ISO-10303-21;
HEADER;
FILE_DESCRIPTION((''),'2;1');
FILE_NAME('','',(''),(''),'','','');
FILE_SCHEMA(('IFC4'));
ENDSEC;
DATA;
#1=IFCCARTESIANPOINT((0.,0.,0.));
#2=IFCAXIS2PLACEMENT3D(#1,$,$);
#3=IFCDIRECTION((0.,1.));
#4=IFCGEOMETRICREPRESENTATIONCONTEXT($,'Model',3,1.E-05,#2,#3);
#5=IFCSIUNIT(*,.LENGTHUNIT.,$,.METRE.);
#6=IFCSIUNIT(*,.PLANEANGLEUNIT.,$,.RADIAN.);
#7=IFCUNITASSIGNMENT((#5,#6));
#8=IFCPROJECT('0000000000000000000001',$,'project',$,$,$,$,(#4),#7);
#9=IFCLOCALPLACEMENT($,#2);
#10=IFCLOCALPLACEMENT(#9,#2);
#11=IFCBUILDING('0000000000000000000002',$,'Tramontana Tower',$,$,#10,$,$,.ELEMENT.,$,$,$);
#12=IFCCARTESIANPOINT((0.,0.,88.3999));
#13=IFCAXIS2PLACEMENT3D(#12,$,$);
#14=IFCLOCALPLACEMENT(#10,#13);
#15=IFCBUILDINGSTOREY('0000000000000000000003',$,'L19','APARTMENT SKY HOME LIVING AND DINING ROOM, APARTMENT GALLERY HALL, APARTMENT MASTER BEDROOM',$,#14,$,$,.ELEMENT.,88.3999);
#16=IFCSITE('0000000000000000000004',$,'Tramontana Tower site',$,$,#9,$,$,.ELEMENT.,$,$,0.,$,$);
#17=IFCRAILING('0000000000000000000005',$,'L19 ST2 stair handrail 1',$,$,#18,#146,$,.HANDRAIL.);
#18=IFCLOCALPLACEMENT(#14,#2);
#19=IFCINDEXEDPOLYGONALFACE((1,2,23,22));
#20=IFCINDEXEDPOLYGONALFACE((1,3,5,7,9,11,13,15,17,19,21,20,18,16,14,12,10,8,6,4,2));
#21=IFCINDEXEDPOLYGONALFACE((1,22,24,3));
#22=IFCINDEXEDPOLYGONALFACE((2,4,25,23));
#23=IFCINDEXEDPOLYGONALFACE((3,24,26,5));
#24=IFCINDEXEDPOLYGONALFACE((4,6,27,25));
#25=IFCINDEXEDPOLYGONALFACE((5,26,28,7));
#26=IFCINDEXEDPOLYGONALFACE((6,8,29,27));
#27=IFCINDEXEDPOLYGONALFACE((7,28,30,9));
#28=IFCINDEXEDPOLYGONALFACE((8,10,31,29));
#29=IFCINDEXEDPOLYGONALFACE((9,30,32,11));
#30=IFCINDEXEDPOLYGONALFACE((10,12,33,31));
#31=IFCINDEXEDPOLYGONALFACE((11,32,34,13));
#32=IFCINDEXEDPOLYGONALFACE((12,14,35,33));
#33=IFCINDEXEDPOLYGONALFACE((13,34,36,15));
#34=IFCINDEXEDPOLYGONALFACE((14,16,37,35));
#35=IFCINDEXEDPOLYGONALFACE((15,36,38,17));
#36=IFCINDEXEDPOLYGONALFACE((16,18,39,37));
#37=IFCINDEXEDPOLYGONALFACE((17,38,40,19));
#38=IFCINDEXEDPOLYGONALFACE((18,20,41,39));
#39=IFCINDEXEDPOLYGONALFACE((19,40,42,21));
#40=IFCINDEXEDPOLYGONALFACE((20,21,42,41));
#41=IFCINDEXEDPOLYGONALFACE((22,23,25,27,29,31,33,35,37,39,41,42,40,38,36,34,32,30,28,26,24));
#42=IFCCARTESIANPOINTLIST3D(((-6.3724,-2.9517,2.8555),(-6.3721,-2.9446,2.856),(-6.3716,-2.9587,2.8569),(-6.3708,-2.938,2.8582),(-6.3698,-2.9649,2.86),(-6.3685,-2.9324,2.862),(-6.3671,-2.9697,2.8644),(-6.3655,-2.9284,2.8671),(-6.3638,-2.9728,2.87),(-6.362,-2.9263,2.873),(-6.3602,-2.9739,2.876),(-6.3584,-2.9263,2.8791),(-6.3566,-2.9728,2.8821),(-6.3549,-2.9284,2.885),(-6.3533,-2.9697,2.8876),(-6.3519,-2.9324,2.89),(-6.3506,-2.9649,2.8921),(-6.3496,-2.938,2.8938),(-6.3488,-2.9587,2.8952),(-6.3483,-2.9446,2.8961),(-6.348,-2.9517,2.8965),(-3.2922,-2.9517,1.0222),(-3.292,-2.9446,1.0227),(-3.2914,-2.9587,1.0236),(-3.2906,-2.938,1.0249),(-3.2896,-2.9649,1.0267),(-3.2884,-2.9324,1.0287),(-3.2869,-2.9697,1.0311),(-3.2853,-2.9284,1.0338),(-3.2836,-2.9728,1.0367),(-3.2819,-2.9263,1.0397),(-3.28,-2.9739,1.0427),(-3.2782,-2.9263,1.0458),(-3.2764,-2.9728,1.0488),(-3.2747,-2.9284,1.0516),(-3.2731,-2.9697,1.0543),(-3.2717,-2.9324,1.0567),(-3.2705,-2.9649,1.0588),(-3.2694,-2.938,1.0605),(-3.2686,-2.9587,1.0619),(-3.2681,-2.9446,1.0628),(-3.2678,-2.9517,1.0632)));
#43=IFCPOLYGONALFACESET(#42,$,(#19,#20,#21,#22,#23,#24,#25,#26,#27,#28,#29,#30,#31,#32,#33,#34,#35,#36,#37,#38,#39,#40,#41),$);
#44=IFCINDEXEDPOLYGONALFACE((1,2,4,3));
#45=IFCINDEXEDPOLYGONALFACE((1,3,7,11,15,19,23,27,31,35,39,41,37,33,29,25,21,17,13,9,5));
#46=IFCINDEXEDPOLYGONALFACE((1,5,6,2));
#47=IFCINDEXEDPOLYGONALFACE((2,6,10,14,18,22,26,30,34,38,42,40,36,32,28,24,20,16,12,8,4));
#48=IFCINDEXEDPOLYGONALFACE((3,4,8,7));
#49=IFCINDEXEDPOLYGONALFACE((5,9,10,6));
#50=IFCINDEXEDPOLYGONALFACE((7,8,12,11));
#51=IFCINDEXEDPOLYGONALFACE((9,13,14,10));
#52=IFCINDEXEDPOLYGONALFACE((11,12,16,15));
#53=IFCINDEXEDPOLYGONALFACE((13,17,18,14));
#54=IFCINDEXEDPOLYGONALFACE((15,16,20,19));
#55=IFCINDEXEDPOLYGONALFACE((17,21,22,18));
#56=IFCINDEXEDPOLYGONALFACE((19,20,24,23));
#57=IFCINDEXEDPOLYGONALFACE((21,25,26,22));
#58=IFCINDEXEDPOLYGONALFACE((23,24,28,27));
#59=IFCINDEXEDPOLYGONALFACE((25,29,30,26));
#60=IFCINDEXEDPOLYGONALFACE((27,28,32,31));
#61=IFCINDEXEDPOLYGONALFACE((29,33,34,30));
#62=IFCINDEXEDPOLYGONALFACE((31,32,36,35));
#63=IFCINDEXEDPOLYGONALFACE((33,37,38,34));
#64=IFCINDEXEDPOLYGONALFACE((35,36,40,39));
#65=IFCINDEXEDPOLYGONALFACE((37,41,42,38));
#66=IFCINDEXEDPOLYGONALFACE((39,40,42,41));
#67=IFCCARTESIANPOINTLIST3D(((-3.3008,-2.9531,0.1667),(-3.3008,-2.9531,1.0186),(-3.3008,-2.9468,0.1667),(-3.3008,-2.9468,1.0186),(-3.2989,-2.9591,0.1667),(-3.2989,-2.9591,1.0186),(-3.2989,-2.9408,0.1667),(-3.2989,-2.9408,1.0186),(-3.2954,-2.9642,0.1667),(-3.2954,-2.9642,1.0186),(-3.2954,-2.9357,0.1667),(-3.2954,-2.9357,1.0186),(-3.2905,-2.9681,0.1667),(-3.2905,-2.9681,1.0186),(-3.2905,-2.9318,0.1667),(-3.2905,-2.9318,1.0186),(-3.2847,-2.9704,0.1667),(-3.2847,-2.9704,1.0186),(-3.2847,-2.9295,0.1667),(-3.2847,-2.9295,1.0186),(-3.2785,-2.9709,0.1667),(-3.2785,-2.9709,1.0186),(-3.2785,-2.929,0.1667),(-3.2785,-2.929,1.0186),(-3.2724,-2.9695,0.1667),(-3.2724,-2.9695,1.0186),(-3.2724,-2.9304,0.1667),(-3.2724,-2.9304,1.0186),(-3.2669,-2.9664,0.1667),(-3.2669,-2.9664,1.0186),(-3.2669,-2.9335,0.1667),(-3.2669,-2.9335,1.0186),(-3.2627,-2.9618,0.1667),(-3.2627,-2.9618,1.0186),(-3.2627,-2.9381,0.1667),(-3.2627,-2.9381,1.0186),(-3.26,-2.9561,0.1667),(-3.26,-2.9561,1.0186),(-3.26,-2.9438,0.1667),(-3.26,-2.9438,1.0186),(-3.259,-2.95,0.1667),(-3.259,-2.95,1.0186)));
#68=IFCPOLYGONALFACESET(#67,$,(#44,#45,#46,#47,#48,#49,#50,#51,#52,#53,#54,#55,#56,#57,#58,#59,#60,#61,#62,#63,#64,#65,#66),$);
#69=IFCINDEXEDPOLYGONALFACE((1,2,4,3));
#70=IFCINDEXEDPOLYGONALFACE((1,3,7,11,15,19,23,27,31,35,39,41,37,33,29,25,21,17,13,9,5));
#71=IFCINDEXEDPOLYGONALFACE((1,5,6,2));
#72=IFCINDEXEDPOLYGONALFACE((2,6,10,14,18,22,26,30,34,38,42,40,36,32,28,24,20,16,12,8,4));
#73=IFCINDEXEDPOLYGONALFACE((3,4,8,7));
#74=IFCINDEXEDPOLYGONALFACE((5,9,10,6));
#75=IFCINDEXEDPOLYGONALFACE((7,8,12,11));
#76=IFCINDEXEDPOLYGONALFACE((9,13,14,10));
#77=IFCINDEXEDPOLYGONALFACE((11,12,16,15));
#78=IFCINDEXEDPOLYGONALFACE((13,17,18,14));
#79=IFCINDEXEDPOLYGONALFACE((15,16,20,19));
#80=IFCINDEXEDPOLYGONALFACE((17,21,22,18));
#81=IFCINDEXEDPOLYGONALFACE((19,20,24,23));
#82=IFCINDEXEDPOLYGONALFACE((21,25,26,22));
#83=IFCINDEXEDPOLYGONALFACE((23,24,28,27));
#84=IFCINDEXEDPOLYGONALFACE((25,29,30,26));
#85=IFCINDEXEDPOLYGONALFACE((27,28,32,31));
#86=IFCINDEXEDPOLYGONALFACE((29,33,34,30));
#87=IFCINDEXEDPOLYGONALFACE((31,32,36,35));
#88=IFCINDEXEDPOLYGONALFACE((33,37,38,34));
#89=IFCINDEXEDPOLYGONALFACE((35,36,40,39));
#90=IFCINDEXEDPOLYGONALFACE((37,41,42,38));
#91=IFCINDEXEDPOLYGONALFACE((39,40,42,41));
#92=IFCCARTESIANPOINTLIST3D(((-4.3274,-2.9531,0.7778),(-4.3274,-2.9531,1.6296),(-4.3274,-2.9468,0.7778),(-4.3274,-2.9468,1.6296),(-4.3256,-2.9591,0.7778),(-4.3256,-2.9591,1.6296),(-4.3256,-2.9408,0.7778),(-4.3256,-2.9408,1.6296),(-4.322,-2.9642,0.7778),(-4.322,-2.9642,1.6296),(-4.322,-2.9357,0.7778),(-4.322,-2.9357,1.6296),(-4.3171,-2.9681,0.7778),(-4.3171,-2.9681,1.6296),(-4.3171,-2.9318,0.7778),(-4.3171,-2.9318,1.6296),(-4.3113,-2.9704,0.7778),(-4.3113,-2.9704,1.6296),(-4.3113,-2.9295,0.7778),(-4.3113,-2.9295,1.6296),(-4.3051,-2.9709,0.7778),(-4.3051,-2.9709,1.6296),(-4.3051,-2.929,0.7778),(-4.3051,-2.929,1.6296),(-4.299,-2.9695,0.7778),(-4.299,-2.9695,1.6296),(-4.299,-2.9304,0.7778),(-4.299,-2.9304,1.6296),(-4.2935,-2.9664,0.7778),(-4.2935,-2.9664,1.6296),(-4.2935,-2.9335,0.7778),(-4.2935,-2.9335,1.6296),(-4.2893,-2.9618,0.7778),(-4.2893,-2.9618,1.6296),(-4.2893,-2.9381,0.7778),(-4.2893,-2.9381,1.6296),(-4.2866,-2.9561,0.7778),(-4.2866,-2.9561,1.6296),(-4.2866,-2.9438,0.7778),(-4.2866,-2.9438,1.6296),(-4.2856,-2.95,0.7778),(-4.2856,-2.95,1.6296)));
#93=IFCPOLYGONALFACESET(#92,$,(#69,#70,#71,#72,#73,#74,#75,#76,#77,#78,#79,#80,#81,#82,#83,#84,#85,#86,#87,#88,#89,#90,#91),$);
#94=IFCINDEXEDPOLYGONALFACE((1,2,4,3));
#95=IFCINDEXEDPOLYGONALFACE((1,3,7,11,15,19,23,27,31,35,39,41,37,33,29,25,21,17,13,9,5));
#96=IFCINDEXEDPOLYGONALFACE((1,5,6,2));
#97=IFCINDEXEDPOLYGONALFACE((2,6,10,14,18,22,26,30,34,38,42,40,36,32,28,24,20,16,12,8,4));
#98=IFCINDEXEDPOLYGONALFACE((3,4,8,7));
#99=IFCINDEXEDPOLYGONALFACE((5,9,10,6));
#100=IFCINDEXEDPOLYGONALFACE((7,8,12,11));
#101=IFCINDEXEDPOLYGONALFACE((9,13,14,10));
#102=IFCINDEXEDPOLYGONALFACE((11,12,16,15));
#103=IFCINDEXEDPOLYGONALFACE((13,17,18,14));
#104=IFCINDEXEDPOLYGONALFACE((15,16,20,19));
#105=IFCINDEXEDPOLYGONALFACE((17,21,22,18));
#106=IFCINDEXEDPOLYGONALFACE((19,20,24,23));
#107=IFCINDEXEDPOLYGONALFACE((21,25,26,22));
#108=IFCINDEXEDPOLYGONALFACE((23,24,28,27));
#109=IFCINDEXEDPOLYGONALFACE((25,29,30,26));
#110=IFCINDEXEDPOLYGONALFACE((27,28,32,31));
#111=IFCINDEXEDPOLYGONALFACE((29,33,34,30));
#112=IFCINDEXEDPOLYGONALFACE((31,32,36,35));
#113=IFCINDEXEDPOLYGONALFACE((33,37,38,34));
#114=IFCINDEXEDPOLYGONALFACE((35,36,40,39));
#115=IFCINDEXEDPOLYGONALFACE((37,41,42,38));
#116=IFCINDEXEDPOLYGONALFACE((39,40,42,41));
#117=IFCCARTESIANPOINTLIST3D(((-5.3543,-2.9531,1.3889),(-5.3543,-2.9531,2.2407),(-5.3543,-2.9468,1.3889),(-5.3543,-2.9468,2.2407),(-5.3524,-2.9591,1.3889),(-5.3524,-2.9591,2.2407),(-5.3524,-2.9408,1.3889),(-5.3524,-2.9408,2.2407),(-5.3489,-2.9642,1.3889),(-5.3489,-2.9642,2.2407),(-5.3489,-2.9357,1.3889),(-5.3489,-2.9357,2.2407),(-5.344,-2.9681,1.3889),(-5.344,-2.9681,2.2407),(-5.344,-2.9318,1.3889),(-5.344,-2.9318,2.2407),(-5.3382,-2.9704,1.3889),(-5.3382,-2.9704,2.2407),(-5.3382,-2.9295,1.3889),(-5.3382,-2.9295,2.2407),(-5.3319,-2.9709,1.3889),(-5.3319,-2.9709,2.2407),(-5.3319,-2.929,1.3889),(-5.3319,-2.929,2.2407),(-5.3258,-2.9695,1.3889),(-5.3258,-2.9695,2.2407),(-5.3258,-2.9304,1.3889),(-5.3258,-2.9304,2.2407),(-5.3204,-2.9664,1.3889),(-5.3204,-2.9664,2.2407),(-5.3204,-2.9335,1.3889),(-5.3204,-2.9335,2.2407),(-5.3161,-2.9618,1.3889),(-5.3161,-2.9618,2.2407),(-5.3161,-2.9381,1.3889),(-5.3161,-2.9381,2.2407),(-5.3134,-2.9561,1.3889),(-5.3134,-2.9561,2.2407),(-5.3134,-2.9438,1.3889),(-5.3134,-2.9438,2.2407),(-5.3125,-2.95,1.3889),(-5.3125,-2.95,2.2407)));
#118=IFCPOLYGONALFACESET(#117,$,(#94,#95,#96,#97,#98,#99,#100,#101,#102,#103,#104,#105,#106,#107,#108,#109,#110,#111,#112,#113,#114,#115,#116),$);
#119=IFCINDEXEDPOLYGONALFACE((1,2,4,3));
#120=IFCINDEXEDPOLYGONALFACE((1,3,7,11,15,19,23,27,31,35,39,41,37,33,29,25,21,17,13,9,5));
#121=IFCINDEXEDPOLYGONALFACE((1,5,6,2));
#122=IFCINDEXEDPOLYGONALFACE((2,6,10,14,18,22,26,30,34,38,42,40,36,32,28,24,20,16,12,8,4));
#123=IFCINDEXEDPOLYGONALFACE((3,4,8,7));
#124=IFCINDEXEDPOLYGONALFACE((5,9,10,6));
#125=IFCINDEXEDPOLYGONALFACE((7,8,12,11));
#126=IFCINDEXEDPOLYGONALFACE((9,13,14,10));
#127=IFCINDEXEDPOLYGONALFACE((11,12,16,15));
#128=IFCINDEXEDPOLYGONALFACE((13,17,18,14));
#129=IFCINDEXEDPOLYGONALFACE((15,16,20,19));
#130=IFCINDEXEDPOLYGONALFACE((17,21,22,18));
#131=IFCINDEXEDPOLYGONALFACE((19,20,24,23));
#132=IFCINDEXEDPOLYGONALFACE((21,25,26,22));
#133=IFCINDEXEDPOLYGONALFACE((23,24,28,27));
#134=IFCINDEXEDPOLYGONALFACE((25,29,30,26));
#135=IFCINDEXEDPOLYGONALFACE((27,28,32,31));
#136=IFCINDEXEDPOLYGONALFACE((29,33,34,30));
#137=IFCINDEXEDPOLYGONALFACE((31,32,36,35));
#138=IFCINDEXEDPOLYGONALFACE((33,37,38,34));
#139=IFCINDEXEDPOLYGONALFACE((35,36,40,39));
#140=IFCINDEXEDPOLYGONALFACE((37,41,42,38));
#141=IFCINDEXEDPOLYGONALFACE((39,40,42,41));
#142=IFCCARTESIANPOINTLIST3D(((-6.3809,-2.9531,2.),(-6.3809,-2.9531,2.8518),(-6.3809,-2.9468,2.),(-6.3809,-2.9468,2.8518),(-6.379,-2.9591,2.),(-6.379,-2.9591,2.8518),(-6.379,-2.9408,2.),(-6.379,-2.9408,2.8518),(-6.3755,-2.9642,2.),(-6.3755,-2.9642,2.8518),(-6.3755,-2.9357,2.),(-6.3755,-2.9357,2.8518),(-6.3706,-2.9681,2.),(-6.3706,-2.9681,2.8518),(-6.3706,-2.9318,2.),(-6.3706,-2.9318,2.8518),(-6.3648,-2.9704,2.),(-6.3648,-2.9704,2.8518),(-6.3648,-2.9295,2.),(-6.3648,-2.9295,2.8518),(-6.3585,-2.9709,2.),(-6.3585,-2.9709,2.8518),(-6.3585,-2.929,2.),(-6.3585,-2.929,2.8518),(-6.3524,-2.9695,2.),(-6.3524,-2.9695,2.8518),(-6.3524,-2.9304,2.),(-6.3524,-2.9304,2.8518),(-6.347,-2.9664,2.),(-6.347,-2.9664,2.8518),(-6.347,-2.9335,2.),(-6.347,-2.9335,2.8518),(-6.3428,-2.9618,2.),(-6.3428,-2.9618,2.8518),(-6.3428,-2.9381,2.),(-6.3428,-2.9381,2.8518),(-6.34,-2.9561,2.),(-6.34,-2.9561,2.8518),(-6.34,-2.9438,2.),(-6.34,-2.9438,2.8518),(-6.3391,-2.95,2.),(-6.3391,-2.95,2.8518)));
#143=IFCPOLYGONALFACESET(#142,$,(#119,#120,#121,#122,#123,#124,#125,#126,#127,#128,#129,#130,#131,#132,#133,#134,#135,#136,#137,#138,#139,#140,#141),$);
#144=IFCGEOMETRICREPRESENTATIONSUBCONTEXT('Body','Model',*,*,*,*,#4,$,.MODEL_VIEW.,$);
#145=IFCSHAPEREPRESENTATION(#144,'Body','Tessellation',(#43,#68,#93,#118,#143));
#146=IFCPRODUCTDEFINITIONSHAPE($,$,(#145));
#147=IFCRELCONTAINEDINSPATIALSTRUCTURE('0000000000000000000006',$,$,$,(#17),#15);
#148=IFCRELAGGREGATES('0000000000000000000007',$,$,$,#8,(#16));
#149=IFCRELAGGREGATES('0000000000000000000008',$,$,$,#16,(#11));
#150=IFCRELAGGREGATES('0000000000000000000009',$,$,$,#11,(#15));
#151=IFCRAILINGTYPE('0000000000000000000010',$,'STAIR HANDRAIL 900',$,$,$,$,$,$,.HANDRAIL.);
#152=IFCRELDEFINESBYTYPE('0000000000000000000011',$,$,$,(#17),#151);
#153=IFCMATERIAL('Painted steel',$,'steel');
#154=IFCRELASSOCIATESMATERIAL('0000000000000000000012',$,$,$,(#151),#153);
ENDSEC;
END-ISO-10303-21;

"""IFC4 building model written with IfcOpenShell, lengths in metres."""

from ifc_helpers import new_model, si_unit, direction, frame, origin, origin_2d, place, context, subcontext, project, spatial, circle, extrude, material, type_object, element, save


model = new_model("IFC4")

# Units and contexts
model_context = context("Model", 3, precision=1e-05, world=origin(), true_north=direction((0.0, 1.0)))
body_context = subcontext(model_context, "Body", "Model", "MODEL_VIEW")
ifc_project = project(units=[si_unit("LENGTHUNIT", "METRE"), si_unit("PLANEANGLEUNIT", "RADIAN")], contexts=[model_context])

# Site, building, storey
site_placement = place(None, origin())
site = spatial("IfcSite", under=ifc_project, at=site_placement, Name="Tramontana Tower site", CompositionType="ELEMENT", RefElevation=0.0)
building_placement = place(site_placement, origin())
building = spatial("IfcBuilding", under=site, at=building_placement, Name="Tramontana Tower", CompositionType="ELEMENT")
storey_placement = place(building_placement, frame((0.0, 0.0, 88.3999)))
storey = spatial("IfcBuildingStorey", under=building, at=storey_placement, Name="L19", Description="APARTMENT SKY HOME LIVING AND DINING ROOM, APARTMENT GALLERY HALL, APARTMENT MASTER BEDROOM", CompositionType="ELEMENT", Elevation=88.3999)

# Railing
ifc_material_1 = material(Name="Painted steel", Category="steel")
railing_type_1 = type_object("IfcRailingType", Name="STAIR HANDRAIL 900", PredefinedType="HANDRAIL", material=ifc_material_1)
railing_1_placement = place(storey_placement, frame((-3.28, -2.95, 0.1667)))
element("IfcRailing", 1, at=railing_1_placement, inside=storey, type_object=railing_type_1, Name="L19 ST2 stair handrail 1", PredefinedType="HANDRAIL", context=body_context, shape_type="SweptSolid", body=[
    extrude(circle(Radius=0.0239, at=origin_2d()), frame((0.0, 0.0, 0.876), z_axis=(-0.859309, 0.0, 0.511458), x_axis=(0.0, -1.0, 0.0)), (0.0, 0.0, 1.0), 3.5845),
    extrude(circle(Radius=0.021, at=origin_2d()), origin(), (0.0, 0.0, 1.0), 0.8518),
    extrude(circle(Radius=0.021, at=origin_2d()), frame((-1.0266, 0.0, 0.6111)), (0.0, 0.0, 1.0), 0.8518),
    extrude(circle(Radius=0.021, at=origin_2d()), frame((-2.0535, 0.0, 1.2222)), (0.0, 0.0, 1.0), 0.8518),
    extrude(circle(Radius=0.021, at=origin_2d()), frame((-3.0801, 0.0, 1.8333)), (0.0, 0.0, 1.0), 0.8518),
])

save(model, "model.ifc")
